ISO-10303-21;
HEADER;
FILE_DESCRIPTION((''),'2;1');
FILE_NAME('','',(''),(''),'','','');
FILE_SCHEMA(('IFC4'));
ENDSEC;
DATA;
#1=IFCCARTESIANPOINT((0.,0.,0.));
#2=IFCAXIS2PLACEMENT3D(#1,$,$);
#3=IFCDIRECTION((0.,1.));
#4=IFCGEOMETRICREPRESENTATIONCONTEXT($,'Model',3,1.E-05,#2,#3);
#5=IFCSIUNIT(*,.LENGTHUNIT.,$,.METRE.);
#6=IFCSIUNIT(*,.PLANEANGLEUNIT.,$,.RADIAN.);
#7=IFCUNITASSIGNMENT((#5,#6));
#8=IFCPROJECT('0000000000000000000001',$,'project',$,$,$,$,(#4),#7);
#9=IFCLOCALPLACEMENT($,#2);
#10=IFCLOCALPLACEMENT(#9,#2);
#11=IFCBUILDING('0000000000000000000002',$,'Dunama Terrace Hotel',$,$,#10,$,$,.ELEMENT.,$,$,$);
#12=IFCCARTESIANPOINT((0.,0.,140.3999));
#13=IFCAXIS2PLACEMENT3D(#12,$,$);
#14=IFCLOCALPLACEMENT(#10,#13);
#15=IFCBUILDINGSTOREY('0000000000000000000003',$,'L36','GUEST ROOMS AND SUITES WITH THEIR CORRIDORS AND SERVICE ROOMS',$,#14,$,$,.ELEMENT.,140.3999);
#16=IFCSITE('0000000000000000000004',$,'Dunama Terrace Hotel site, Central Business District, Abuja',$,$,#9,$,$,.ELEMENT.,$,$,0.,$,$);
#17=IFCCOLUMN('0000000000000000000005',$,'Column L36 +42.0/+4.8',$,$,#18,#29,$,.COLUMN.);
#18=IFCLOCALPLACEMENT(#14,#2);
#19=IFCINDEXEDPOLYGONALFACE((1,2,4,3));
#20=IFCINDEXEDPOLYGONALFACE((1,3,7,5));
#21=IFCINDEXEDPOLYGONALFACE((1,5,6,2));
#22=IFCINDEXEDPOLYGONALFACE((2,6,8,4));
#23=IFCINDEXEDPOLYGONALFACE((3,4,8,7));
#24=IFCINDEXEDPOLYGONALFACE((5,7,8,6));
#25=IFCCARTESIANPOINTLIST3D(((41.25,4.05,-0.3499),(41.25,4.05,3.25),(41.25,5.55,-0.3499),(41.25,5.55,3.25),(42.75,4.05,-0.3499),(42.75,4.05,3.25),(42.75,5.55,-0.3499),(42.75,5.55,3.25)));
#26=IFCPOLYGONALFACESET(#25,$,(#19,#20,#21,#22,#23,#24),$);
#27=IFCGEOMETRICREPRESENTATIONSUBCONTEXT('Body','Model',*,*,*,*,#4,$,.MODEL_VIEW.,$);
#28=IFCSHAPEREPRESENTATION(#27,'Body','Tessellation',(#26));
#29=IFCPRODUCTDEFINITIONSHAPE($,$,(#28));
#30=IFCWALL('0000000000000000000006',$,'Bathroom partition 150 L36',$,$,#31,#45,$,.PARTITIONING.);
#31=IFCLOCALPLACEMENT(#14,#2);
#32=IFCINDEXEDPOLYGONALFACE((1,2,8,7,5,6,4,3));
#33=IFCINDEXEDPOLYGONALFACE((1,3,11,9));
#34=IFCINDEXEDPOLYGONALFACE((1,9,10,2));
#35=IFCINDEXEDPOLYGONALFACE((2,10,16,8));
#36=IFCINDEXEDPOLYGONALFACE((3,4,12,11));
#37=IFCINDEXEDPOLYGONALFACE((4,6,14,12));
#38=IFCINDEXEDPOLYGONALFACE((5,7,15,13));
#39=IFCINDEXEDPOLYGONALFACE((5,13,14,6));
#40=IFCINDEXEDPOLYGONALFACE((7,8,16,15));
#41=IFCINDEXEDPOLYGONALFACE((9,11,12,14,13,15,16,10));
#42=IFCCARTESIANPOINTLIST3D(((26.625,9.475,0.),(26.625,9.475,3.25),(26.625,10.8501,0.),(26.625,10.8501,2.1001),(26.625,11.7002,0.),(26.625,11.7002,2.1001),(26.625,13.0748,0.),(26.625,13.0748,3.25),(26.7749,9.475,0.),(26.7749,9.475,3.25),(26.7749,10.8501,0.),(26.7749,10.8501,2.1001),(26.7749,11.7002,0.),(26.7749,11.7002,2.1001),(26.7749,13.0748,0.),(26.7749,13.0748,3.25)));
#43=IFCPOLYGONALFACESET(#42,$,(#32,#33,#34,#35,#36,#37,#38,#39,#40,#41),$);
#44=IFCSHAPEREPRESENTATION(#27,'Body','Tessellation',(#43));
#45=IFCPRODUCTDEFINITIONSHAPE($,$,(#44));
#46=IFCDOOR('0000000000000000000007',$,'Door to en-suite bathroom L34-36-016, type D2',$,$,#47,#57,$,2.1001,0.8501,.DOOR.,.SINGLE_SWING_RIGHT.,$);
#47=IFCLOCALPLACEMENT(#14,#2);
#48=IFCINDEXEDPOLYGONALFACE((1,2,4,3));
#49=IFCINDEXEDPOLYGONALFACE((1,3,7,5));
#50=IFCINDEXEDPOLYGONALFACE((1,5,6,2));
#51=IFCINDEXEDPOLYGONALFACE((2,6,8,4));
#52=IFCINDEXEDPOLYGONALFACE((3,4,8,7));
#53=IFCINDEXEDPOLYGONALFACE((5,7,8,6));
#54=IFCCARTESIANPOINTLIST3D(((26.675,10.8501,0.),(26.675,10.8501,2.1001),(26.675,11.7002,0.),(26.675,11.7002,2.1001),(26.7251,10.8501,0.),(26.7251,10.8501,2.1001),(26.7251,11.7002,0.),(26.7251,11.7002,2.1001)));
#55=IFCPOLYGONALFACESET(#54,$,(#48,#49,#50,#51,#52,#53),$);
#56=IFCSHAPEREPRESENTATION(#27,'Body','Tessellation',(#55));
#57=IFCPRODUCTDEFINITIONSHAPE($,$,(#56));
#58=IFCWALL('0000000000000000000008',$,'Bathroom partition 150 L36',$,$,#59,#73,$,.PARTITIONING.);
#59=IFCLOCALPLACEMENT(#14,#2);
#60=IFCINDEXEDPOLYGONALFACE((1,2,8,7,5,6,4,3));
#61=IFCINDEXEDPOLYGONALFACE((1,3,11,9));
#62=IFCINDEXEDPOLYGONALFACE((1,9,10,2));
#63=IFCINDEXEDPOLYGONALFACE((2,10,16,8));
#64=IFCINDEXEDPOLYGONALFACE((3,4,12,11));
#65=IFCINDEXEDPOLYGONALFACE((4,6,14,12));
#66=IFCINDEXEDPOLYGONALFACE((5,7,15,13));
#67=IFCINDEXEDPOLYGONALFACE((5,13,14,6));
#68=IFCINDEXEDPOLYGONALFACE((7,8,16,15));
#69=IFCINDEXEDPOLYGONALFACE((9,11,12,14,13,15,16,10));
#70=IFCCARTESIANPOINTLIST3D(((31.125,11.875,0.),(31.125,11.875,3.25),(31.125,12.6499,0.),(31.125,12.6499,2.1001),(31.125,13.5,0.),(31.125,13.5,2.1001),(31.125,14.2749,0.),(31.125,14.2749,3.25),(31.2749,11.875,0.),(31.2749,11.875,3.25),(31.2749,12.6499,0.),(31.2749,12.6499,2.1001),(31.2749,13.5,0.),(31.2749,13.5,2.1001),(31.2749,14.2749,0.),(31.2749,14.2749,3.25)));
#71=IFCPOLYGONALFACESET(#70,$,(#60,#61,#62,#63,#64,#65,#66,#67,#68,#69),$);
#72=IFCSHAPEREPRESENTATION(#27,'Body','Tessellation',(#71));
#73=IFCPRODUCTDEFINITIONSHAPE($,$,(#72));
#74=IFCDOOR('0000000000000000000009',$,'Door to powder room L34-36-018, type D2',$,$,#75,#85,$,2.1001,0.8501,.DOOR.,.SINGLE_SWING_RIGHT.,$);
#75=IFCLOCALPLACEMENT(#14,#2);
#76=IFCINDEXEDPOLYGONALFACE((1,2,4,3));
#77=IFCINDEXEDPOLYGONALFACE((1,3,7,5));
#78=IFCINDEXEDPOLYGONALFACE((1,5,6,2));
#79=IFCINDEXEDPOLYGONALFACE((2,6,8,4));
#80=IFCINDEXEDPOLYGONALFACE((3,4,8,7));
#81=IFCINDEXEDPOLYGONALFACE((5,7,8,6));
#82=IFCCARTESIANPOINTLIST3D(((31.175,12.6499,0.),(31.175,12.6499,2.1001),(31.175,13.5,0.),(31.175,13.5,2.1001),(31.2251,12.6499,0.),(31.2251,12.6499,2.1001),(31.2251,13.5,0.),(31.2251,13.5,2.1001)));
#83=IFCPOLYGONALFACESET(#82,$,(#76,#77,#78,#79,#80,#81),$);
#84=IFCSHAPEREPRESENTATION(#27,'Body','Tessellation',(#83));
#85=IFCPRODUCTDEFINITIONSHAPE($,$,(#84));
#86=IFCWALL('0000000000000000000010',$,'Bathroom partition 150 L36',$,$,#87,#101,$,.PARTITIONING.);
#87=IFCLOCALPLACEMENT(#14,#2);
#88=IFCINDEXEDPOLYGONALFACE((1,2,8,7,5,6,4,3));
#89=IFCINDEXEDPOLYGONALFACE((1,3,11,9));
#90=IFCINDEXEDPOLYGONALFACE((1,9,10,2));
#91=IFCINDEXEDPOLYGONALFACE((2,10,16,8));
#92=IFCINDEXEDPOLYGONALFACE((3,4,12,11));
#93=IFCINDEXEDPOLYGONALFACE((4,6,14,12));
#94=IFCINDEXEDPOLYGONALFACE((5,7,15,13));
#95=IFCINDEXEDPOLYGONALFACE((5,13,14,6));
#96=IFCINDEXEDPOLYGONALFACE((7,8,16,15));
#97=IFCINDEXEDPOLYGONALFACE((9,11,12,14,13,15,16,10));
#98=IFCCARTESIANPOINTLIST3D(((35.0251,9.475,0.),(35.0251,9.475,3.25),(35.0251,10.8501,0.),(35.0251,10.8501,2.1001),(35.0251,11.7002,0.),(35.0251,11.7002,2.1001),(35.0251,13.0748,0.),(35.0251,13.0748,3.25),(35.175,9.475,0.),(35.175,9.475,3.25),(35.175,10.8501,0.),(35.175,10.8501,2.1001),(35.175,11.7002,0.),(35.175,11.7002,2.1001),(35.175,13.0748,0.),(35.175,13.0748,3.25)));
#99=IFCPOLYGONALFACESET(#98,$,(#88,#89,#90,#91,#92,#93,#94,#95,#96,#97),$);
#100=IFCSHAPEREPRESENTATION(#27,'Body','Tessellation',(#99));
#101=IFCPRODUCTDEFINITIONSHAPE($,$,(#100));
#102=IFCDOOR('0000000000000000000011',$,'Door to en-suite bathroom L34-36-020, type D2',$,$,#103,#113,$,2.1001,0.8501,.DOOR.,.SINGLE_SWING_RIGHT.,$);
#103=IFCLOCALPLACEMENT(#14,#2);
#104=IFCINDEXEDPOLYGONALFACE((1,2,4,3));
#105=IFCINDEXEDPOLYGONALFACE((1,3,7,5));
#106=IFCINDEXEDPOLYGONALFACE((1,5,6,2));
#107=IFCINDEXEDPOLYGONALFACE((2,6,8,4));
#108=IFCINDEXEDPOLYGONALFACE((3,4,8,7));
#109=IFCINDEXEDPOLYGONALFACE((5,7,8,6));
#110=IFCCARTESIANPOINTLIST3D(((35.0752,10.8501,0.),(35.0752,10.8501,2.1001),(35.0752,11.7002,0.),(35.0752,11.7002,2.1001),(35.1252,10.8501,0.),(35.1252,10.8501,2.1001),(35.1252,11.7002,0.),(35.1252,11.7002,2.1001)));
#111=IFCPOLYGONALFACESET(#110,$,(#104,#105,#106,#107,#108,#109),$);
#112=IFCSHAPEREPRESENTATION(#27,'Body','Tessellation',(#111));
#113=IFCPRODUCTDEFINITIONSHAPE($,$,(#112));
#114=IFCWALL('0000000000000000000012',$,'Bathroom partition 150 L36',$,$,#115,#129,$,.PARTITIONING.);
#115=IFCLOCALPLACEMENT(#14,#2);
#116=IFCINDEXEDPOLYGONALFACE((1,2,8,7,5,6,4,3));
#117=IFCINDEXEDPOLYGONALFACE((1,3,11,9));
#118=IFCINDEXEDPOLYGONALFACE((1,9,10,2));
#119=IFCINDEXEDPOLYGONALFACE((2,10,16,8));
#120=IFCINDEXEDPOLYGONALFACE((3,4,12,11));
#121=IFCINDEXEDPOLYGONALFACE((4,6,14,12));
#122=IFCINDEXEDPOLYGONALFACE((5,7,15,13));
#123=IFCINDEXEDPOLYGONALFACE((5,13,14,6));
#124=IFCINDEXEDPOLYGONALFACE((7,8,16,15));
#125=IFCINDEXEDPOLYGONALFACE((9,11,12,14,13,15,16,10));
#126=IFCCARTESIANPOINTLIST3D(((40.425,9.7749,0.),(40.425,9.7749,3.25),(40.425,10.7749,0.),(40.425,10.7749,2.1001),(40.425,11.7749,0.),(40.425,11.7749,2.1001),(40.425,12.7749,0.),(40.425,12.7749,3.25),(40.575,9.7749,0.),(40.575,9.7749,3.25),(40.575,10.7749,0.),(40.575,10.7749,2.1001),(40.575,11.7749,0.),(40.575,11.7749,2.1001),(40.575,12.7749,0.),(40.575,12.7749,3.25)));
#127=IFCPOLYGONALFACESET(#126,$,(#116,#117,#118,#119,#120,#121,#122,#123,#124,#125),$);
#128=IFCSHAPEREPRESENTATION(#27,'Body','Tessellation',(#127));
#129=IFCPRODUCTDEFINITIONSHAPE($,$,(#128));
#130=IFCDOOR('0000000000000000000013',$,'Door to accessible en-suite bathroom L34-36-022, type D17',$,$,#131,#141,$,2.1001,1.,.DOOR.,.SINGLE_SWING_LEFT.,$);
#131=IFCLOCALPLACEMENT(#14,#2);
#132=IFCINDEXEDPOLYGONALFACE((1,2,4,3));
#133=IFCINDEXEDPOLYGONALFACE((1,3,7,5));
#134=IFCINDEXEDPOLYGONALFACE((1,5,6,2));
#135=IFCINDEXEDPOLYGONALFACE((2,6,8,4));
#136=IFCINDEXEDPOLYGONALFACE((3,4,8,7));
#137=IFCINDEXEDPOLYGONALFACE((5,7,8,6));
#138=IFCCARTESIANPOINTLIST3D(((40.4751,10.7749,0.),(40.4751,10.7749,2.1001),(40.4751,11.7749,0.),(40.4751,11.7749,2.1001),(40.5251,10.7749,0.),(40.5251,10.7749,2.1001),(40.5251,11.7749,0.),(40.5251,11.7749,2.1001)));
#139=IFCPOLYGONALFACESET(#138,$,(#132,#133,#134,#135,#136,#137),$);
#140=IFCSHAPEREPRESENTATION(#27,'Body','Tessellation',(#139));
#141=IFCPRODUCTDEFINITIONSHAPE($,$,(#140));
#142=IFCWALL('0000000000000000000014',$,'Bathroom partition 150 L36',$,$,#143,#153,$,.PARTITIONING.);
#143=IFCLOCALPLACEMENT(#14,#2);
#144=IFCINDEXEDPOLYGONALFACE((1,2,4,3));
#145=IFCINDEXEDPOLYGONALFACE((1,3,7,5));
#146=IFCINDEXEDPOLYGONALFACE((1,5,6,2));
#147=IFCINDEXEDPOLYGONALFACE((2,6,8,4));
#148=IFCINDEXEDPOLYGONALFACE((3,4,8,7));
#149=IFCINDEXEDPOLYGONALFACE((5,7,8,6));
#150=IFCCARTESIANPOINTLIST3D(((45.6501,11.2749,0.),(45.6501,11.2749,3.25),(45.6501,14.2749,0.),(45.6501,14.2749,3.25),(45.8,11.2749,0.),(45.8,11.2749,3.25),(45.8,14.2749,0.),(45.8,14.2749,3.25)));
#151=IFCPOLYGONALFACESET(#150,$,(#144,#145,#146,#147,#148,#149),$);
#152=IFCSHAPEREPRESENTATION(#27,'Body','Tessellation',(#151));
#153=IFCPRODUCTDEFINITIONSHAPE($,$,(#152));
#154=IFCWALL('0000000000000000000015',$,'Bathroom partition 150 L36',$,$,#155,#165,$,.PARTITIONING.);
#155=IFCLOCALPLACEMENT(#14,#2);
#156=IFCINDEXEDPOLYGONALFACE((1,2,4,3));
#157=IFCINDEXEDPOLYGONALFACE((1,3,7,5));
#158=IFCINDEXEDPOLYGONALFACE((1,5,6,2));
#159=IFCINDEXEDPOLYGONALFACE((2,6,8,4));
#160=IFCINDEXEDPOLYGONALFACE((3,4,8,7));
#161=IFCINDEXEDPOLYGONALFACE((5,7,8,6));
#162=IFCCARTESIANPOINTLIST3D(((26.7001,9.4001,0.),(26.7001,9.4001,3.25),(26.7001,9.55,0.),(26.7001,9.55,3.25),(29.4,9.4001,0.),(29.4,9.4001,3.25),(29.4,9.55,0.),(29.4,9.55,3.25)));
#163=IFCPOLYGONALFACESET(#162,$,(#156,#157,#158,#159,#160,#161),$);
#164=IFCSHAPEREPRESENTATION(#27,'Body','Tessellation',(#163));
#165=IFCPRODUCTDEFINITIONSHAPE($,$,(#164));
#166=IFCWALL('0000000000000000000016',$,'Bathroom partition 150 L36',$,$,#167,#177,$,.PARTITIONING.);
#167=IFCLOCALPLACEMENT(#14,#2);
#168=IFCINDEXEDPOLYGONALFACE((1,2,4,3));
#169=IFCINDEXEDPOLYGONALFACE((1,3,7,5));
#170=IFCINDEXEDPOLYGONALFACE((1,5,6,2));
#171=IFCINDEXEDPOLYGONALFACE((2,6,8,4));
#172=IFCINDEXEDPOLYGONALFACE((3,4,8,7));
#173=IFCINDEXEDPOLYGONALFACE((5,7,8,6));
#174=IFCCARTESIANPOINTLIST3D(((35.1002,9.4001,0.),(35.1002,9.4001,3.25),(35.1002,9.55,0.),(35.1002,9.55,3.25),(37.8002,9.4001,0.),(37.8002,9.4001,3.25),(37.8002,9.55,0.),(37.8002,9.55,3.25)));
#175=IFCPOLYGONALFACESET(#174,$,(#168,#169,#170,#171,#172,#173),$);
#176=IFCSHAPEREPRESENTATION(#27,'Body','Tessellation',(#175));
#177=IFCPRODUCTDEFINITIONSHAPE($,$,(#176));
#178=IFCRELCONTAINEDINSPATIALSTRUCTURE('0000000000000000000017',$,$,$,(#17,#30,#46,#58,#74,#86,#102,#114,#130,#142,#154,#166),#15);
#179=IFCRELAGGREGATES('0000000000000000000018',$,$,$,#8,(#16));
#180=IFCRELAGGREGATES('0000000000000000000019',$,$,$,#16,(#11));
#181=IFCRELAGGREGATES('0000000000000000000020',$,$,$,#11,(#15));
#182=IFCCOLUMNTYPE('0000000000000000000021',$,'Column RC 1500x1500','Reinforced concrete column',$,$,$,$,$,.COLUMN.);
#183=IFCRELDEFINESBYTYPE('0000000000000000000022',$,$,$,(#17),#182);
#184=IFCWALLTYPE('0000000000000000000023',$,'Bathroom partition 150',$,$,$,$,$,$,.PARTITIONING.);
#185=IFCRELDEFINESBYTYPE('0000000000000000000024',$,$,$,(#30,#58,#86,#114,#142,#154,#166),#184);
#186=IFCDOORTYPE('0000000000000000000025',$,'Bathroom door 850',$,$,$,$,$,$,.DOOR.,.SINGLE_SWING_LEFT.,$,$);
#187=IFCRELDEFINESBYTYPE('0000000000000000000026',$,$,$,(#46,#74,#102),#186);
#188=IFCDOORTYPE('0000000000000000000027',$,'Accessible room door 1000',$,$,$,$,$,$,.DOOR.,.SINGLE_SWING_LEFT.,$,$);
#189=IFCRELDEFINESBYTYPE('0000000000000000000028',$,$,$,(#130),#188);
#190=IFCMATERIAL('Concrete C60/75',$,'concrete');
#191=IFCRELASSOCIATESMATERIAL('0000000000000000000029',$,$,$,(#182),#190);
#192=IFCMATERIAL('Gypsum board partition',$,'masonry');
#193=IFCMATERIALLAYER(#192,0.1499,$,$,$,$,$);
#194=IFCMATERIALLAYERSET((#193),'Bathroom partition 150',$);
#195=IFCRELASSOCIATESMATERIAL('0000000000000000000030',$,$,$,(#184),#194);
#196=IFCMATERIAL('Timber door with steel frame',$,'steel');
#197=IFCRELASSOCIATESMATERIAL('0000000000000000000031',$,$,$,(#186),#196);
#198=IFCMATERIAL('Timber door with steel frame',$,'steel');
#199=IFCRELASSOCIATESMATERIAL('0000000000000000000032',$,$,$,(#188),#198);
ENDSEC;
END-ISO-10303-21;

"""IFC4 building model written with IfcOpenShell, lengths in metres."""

from ifc_helpers import new_model, si_unit, direction, frame, frame_2d, origin, origin_2d, place, context, subcontext, project, spatial, rectangle, extrude, material, layer, layer_set, material_profile, profile_set, type_object, element, fill, save


model = new_model("IFC4")

# Units and contexts
model_context = context("Model", 3, precision=1e-05, world=origin(), true_north=direction((0.0, 1.0)))
body_context = subcontext(model_context, "Body", "Model", "MODEL_VIEW")
ifc_project = project(units=[si_unit("LENGTHUNIT", "METRE"), si_unit("PLANEANGLEUNIT", "RADIAN")], contexts=[model_context])

# Site, building, storey
site_placement = place(None, origin())
site = spatial("IfcSite", under=ifc_project, at=site_placement, Name="Dunama Terrace Hotel site, Central Business District, Abuja", CompositionType="ELEMENT", RefElevation=0.0)
building_placement = place(site_placement, origin())
building = spatial("IfcBuilding", under=site, at=building_placement, Name="Dunama Terrace Hotel", CompositionType="ELEMENT")
storey_placement = place(building_placement, frame((0.0, 0.0, 140.3999)))
storey = spatial("IfcBuildingStorey", under=building, at=storey_placement, Name="L36", Description="GUEST ROOMS AND SUITES WITH THEIR CORRIDORS AND SERVICE ROOMS", CompositionType="ELEMENT", Elevation=140.3999)

# Column
ifc_material_1 = material(Name="Concrete C60/75", Category="concrete")
ifc_material_profile = material_profile(ifc_material_1, rectangle(XDim=1.5, YDim=1.5, at=origin_2d()), Name="RC 1500x1500")
ifc_profile_set = profile_set([ifc_material_profile], Name="Concrete C60/75")
column_type = type_object("IfcColumnType", Name="Column RC 1500x1500", Description="Reinforced concrete column", PredefinedType="COLUMN", material=ifc_profile_set)
column_placement = place(storey_placement, frame((42.0, 4.8, -0.3499), z_axis=(0.0, 0.0, 1.0), x_axis=(1.0, 0.0, 0.0)))
element("IfcColumn", 1, at=column_placement, inside=storey, type_object=column_type, Name="Column L36 +42.0/+4.8", PredefinedType="COLUMN", context=body_context, shape_type="SweptSolid", body=[
    extrude(rectangle(XDim=1.5, YDim=1.5, at=origin_2d()), origin(), (0.0, 0.0, 1.0), 3.5999),
])

# Walls, openings, doors
ifc_material_2 = material(Name="Gypsum board partition", Category="masonry")
ifc_layer = layer(ifc_material_2, 0.1499)
ifc_layer_set = layer_set([ifc_layer], Name="Bathroom partition 150")
wall_type = type_object("IfcWallType", Name="Bathroom partition 150", PredefinedType="PARTITIONING", material=ifc_layer_set)
wall_1_placement = place(storey_placement, frame((26.7, 9.4751, 0.0), z_axis=(0.0, 0.0, 1.0), x_axis=(0.0, 1.0, 0.0)))
wall_1 = element("IfcWall", 2, at=wall_1_placement, inside=storey, type_object=wall_type, Name="Bathroom partition 150 L36", PredefinedType="PARTITIONING", context=body_context, shape_type="SweptSolid", body=[
    extrude(rectangle(XDim=3.5999, YDim=0.1499, at=frame_2d((1.7998, 0.0))), origin(), (0.0, 0.0, 1.0), 3.25),
])
opening_1_placement = place(wall_1_placement, frame((1.375, 0.0, 0.0)))
opening_1 = element("IfcOpeningElement", 3, at=opening_1_placement, cuts=wall_1, PredefinedType="OPENING", context=body_context, shape_type="SweptSolid", body=[
    extrude(rectangle(XDim=0.8501, YDim=2.1001, at=frame_2d((0.425, 1.05))), frame((0.0, 0.085, 0.0), z_axis=(0.0, -1.0, 0.0), x_axis=(1.0, 0.0, 0.0)), (0.0, 0.0, 1.0), 0.1699),
])
ifc_material_3 = material(Name="Timber door with steel frame", Category="steel")
door_type_1 = type_object("IfcDoorType", Name="Bathroom door 850", OperationType="SINGLE_SWING_LEFT", PredefinedType="DOOR", material=ifc_material_3)
door_1_placement = place(opening_1_placement, frame((0.8501, 0.0, 0.0), z_axis=(0.0, 0.0, 1.0), x_axis=(-1.0, 0.0, 0.0)))
door_1 = element("IfcDoor", 4, at=door_1_placement, inside=storey, type_object=door_type_1, Name="Door to en-suite bathroom L34-36-016, type D2", OperationType="SINGLE_SWING_RIGHT", OverallHeight=2.1001, OverallWidth=0.8501, PredefinedType="DOOR", context=body_context, shape_type="SweptSolid", body=[
    extrude(rectangle(XDim=0.8501, YDim=2.1001, at=frame_2d((0.425, 1.05))), frame((0.0, 0.0251, 0.0), z_axis=(0.0, -1.0, 0.0), x_axis=(1.0, 0.0, 0.0)), (0.0, 0.0, 1.0), 0.05),
])
fill(opening_1, door_1)
wall_2_placement = place(storey_placement, frame((31.2, 11.875, 0.0), z_axis=(0.0, 0.0, 1.0), x_axis=(0.0, 1.0, 0.0)))
wall_2 = element("IfcWall", 5, at=wall_2_placement, inside=storey, type_object=wall_type, Name="Bathroom partition 150 L36", PredefinedType="PARTITIONING", context=body_context, shape_type="SweptSolid", body=[
    extrude(rectangle(XDim=2.3999, YDim=0.1499, at=frame_2d((1.2, 0.0))), origin(), (0.0, 0.0, 1.0), 3.25),
])
opening_2_placement = place(wall_2_placement, frame((0.7749, 0.0, 0.0)))
opening_2 = element("IfcOpeningElement", 6, at=opening_2_placement, cuts=wall_2, PredefinedType="OPENING", context=body_context, shape_type="SweptSolid", body=[
    extrude(rectangle(XDim=0.8501, YDim=2.1001, at=frame_2d((0.425, 1.05))), frame((0.0, 0.085, 0.0), z_axis=(0.0, -1.0, 0.0), x_axis=(1.0, 0.0, 0.0)), (0.0, 0.0, 1.0), 0.1699),
])
door_2_placement = place(opening_2_placement, origin())
door_2 = element("IfcDoor", 7, at=door_2_placement, inside=storey, type_object=door_type_1, Name="Door to powder room L34-36-018, type D2", OperationType="SINGLE_SWING_RIGHT", OverallHeight=2.1001, OverallWidth=0.8501, PredefinedType="DOOR", context=body_context, shape_type="SweptSolid", body=[
    extrude(rectangle(XDim=0.8501, YDim=2.1001, at=frame_2d((0.425, 1.05))), frame((0.0, 0.0249, 0.0), z_axis=(0.0, -1.0, 0.0), x_axis=(1.0, 0.0, 0.0)), (0.0, 0.0, 1.0), 0.05),
])
fill(opening_2, door_2)
wall_3_placement = place(storey_placement, frame((35.1001, 9.4751, 0.0), z_axis=(0.0, 0.0, 1.0), x_axis=(0.0, 1.0, 0.0)))
wall_3 = element("IfcWall", 8, at=wall_3_placement, inside=storey, type_object=wall_type, Name="Bathroom partition 150 L36", PredefinedType="PARTITIONING", context=body_context, shape_type="SweptSolid", body=[
    extrude(rectangle(XDim=3.5999, YDim=0.1499, at=frame_2d((1.7998, 0.0))), origin(), (0.0, 0.0, 1.0), 3.25),
])
opening_3_placement = place(wall_3_placement, frame((1.375, 0.0, 0.0)))
opening_3 = element("IfcOpeningElement", 9, at=opening_3_placement, cuts=wall_3, PredefinedType="OPENING", context=body_context, shape_type="SweptSolid", body=[
    extrude(rectangle(XDim=0.8501, YDim=2.1001, at=frame_2d((0.425, 1.05))), frame((0.0, 0.085, 0.0), z_axis=(0.0, -1.0, 0.0), x_axis=(1.0, 0.0, 0.0)), (0.0, 0.0, 1.0), 0.1699),
])
door_3_placement = place(opening_3_placement, frame((0.8501, 0.0, 0.0), z_axis=(0.0, 0.0, 1.0), x_axis=(-1.0, 0.0, 0.0)))
door_3 = element("IfcDoor", 10, at=door_3_placement, inside=storey, type_object=door_type_1, Name="Door to en-suite bathroom L34-36-020, type D2", OperationType="SINGLE_SWING_RIGHT", OverallHeight=2.1001, OverallWidth=0.8501, PredefinedType="DOOR", context=body_context, shape_type="SweptSolid", body=[
    extrude(rectangle(XDim=0.8501, YDim=2.1001, at=frame_2d((0.425, 1.05))), frame((0.0, 0.0251, 0.0), z_axis=(0.0, -1.0, 0.0), x_axis=(1.0, 0.0, 0.0)), (0.0, 0.0, 1.0), 0.05),
])
fill(opening_3, door_3)
wall_4_placement = place(storey_placement, frame((40.5, 9.7749, 0.0), z_axis=(0.0, 0.0, 1.0), x_axis=(0.0, 1.0, 0.0)))
wall_4 = element("IfcWall", 11, at=wall_4_placement, inside=storey, type_object=wall_type, Name="Bathroom partition 150 L36", PredefinedType="PARTITIONING", context=body_context, shape_type="SweptSolid", body=[
    extrude(rectangle(XDim=3.0, YDim=0.1499, at=frame_2d((1.5, 0.0))), origin(), (0.0, 0.0, 1.0), 3.25),
])
opening_4_placement = place(wall_4_placement, frame((1.0, 0.0, 0.0)))
opening_4 = element("IfcOpeningElement", 12, at=opening_4_placement, cuts=wall_4, PredefinedType="OPENING", context=body_context, shape_type="SweptSolid", body=[
    extrude(rectangle(XDim=1.0, YDim=2.1001, at=frame_2d((0.5, 1.05))), frame((0.0, 0.085, 0.0), z_axis=(0.0, -1.0, 0.0), x_axis=(1.0, 0.0, 0.0)), (0.0, 0.0, 1.0), 0.1699),
])
ifc_material_4 = material(Name="Timber door with steel frame", Category="steel")
door_type_2 = type_object("IfcDoorType", Name="Accessible room door 1000", OperationType="SINGLE_SWING_LEFT", PredefinedType="DOOR", material=ifc_material_4)
door_4_placement = place(opening_4_placement, origin())
door_4 = element("IfcDoor", 13, at=door_4_placement, inside=storey, type_object=door_type_2, Name="Door to accessible en-suite bathroom L34-36-022, type D17", OperationType="SINGLE_SWING_LEFT", OverallHeight=2.1001, OverallWidth=1.0, PredefinedType="DOOR", context=body_context, shape_type="SweptSolid", body=[
    extrude(rectangle(XDim=1.0, YDim=2.1001, at=frame_2d((0.5, 1.05))), frame((0.0, 0.0249, 0.0), z_axis=(0.0, -1.0, 0.0), x_axis=(1.0, 0.0, 0.0)), (0.0, 0.0, 1.0), 0.05),
])
fill(opening_4, door_4)

# Walls
wall_5_placement = place(storey_placement, frame((45.7251, 11.2749, 0.0), z_axis=(0.0, 0.0, 1.0), x_axis=(0.0, 1.0, 0.0)))
element("IfcWall", 14, at=wall_5_placement, inside=storey, type_object=wall_type, Name="Bathroom partition 150 L36", PredefinedType="PARTITIONING", context=body_context, shape_type="SweptSolid", body=[
    extrude(rectangle(XDim=3.0, YDim=0.1499, at=frame_2d((1.5, 0.0))), origin(), (0.0, 0.0, 1.0), 3.25),
])
for number, where, z_axis, x_axis, name in (
    (15, (26.7, 9.4751, 0.0), (0.0, 0.0, 1.0), (1.0, 0.0, 0.0), "Bathroom partition 150 L36"),
    (16, (35.1001, 9.4751, 0.0), (0.0, 0.0, 1.0), (1.0, 0.0, 0.0), "Bathroom partition 150 L36"),
):
    element("IfcWall", number, at=place(storey_placement, frame(where, z_axis=z_axis, x_axis=x_axis)), inside=storey, type_object=wall_type, Name=name, PredefinedType="PARTITIONING", context=body_context, shape_type="SweptSolid", body=[
        extrude(rectangle(XDim=2.7, YDim=0.1499, at=frame_2d((1.3501, 0.0))), origin(), (0.0, 0.0, 1.0), 3.25),
    ])

save(model, "model.ifc")
